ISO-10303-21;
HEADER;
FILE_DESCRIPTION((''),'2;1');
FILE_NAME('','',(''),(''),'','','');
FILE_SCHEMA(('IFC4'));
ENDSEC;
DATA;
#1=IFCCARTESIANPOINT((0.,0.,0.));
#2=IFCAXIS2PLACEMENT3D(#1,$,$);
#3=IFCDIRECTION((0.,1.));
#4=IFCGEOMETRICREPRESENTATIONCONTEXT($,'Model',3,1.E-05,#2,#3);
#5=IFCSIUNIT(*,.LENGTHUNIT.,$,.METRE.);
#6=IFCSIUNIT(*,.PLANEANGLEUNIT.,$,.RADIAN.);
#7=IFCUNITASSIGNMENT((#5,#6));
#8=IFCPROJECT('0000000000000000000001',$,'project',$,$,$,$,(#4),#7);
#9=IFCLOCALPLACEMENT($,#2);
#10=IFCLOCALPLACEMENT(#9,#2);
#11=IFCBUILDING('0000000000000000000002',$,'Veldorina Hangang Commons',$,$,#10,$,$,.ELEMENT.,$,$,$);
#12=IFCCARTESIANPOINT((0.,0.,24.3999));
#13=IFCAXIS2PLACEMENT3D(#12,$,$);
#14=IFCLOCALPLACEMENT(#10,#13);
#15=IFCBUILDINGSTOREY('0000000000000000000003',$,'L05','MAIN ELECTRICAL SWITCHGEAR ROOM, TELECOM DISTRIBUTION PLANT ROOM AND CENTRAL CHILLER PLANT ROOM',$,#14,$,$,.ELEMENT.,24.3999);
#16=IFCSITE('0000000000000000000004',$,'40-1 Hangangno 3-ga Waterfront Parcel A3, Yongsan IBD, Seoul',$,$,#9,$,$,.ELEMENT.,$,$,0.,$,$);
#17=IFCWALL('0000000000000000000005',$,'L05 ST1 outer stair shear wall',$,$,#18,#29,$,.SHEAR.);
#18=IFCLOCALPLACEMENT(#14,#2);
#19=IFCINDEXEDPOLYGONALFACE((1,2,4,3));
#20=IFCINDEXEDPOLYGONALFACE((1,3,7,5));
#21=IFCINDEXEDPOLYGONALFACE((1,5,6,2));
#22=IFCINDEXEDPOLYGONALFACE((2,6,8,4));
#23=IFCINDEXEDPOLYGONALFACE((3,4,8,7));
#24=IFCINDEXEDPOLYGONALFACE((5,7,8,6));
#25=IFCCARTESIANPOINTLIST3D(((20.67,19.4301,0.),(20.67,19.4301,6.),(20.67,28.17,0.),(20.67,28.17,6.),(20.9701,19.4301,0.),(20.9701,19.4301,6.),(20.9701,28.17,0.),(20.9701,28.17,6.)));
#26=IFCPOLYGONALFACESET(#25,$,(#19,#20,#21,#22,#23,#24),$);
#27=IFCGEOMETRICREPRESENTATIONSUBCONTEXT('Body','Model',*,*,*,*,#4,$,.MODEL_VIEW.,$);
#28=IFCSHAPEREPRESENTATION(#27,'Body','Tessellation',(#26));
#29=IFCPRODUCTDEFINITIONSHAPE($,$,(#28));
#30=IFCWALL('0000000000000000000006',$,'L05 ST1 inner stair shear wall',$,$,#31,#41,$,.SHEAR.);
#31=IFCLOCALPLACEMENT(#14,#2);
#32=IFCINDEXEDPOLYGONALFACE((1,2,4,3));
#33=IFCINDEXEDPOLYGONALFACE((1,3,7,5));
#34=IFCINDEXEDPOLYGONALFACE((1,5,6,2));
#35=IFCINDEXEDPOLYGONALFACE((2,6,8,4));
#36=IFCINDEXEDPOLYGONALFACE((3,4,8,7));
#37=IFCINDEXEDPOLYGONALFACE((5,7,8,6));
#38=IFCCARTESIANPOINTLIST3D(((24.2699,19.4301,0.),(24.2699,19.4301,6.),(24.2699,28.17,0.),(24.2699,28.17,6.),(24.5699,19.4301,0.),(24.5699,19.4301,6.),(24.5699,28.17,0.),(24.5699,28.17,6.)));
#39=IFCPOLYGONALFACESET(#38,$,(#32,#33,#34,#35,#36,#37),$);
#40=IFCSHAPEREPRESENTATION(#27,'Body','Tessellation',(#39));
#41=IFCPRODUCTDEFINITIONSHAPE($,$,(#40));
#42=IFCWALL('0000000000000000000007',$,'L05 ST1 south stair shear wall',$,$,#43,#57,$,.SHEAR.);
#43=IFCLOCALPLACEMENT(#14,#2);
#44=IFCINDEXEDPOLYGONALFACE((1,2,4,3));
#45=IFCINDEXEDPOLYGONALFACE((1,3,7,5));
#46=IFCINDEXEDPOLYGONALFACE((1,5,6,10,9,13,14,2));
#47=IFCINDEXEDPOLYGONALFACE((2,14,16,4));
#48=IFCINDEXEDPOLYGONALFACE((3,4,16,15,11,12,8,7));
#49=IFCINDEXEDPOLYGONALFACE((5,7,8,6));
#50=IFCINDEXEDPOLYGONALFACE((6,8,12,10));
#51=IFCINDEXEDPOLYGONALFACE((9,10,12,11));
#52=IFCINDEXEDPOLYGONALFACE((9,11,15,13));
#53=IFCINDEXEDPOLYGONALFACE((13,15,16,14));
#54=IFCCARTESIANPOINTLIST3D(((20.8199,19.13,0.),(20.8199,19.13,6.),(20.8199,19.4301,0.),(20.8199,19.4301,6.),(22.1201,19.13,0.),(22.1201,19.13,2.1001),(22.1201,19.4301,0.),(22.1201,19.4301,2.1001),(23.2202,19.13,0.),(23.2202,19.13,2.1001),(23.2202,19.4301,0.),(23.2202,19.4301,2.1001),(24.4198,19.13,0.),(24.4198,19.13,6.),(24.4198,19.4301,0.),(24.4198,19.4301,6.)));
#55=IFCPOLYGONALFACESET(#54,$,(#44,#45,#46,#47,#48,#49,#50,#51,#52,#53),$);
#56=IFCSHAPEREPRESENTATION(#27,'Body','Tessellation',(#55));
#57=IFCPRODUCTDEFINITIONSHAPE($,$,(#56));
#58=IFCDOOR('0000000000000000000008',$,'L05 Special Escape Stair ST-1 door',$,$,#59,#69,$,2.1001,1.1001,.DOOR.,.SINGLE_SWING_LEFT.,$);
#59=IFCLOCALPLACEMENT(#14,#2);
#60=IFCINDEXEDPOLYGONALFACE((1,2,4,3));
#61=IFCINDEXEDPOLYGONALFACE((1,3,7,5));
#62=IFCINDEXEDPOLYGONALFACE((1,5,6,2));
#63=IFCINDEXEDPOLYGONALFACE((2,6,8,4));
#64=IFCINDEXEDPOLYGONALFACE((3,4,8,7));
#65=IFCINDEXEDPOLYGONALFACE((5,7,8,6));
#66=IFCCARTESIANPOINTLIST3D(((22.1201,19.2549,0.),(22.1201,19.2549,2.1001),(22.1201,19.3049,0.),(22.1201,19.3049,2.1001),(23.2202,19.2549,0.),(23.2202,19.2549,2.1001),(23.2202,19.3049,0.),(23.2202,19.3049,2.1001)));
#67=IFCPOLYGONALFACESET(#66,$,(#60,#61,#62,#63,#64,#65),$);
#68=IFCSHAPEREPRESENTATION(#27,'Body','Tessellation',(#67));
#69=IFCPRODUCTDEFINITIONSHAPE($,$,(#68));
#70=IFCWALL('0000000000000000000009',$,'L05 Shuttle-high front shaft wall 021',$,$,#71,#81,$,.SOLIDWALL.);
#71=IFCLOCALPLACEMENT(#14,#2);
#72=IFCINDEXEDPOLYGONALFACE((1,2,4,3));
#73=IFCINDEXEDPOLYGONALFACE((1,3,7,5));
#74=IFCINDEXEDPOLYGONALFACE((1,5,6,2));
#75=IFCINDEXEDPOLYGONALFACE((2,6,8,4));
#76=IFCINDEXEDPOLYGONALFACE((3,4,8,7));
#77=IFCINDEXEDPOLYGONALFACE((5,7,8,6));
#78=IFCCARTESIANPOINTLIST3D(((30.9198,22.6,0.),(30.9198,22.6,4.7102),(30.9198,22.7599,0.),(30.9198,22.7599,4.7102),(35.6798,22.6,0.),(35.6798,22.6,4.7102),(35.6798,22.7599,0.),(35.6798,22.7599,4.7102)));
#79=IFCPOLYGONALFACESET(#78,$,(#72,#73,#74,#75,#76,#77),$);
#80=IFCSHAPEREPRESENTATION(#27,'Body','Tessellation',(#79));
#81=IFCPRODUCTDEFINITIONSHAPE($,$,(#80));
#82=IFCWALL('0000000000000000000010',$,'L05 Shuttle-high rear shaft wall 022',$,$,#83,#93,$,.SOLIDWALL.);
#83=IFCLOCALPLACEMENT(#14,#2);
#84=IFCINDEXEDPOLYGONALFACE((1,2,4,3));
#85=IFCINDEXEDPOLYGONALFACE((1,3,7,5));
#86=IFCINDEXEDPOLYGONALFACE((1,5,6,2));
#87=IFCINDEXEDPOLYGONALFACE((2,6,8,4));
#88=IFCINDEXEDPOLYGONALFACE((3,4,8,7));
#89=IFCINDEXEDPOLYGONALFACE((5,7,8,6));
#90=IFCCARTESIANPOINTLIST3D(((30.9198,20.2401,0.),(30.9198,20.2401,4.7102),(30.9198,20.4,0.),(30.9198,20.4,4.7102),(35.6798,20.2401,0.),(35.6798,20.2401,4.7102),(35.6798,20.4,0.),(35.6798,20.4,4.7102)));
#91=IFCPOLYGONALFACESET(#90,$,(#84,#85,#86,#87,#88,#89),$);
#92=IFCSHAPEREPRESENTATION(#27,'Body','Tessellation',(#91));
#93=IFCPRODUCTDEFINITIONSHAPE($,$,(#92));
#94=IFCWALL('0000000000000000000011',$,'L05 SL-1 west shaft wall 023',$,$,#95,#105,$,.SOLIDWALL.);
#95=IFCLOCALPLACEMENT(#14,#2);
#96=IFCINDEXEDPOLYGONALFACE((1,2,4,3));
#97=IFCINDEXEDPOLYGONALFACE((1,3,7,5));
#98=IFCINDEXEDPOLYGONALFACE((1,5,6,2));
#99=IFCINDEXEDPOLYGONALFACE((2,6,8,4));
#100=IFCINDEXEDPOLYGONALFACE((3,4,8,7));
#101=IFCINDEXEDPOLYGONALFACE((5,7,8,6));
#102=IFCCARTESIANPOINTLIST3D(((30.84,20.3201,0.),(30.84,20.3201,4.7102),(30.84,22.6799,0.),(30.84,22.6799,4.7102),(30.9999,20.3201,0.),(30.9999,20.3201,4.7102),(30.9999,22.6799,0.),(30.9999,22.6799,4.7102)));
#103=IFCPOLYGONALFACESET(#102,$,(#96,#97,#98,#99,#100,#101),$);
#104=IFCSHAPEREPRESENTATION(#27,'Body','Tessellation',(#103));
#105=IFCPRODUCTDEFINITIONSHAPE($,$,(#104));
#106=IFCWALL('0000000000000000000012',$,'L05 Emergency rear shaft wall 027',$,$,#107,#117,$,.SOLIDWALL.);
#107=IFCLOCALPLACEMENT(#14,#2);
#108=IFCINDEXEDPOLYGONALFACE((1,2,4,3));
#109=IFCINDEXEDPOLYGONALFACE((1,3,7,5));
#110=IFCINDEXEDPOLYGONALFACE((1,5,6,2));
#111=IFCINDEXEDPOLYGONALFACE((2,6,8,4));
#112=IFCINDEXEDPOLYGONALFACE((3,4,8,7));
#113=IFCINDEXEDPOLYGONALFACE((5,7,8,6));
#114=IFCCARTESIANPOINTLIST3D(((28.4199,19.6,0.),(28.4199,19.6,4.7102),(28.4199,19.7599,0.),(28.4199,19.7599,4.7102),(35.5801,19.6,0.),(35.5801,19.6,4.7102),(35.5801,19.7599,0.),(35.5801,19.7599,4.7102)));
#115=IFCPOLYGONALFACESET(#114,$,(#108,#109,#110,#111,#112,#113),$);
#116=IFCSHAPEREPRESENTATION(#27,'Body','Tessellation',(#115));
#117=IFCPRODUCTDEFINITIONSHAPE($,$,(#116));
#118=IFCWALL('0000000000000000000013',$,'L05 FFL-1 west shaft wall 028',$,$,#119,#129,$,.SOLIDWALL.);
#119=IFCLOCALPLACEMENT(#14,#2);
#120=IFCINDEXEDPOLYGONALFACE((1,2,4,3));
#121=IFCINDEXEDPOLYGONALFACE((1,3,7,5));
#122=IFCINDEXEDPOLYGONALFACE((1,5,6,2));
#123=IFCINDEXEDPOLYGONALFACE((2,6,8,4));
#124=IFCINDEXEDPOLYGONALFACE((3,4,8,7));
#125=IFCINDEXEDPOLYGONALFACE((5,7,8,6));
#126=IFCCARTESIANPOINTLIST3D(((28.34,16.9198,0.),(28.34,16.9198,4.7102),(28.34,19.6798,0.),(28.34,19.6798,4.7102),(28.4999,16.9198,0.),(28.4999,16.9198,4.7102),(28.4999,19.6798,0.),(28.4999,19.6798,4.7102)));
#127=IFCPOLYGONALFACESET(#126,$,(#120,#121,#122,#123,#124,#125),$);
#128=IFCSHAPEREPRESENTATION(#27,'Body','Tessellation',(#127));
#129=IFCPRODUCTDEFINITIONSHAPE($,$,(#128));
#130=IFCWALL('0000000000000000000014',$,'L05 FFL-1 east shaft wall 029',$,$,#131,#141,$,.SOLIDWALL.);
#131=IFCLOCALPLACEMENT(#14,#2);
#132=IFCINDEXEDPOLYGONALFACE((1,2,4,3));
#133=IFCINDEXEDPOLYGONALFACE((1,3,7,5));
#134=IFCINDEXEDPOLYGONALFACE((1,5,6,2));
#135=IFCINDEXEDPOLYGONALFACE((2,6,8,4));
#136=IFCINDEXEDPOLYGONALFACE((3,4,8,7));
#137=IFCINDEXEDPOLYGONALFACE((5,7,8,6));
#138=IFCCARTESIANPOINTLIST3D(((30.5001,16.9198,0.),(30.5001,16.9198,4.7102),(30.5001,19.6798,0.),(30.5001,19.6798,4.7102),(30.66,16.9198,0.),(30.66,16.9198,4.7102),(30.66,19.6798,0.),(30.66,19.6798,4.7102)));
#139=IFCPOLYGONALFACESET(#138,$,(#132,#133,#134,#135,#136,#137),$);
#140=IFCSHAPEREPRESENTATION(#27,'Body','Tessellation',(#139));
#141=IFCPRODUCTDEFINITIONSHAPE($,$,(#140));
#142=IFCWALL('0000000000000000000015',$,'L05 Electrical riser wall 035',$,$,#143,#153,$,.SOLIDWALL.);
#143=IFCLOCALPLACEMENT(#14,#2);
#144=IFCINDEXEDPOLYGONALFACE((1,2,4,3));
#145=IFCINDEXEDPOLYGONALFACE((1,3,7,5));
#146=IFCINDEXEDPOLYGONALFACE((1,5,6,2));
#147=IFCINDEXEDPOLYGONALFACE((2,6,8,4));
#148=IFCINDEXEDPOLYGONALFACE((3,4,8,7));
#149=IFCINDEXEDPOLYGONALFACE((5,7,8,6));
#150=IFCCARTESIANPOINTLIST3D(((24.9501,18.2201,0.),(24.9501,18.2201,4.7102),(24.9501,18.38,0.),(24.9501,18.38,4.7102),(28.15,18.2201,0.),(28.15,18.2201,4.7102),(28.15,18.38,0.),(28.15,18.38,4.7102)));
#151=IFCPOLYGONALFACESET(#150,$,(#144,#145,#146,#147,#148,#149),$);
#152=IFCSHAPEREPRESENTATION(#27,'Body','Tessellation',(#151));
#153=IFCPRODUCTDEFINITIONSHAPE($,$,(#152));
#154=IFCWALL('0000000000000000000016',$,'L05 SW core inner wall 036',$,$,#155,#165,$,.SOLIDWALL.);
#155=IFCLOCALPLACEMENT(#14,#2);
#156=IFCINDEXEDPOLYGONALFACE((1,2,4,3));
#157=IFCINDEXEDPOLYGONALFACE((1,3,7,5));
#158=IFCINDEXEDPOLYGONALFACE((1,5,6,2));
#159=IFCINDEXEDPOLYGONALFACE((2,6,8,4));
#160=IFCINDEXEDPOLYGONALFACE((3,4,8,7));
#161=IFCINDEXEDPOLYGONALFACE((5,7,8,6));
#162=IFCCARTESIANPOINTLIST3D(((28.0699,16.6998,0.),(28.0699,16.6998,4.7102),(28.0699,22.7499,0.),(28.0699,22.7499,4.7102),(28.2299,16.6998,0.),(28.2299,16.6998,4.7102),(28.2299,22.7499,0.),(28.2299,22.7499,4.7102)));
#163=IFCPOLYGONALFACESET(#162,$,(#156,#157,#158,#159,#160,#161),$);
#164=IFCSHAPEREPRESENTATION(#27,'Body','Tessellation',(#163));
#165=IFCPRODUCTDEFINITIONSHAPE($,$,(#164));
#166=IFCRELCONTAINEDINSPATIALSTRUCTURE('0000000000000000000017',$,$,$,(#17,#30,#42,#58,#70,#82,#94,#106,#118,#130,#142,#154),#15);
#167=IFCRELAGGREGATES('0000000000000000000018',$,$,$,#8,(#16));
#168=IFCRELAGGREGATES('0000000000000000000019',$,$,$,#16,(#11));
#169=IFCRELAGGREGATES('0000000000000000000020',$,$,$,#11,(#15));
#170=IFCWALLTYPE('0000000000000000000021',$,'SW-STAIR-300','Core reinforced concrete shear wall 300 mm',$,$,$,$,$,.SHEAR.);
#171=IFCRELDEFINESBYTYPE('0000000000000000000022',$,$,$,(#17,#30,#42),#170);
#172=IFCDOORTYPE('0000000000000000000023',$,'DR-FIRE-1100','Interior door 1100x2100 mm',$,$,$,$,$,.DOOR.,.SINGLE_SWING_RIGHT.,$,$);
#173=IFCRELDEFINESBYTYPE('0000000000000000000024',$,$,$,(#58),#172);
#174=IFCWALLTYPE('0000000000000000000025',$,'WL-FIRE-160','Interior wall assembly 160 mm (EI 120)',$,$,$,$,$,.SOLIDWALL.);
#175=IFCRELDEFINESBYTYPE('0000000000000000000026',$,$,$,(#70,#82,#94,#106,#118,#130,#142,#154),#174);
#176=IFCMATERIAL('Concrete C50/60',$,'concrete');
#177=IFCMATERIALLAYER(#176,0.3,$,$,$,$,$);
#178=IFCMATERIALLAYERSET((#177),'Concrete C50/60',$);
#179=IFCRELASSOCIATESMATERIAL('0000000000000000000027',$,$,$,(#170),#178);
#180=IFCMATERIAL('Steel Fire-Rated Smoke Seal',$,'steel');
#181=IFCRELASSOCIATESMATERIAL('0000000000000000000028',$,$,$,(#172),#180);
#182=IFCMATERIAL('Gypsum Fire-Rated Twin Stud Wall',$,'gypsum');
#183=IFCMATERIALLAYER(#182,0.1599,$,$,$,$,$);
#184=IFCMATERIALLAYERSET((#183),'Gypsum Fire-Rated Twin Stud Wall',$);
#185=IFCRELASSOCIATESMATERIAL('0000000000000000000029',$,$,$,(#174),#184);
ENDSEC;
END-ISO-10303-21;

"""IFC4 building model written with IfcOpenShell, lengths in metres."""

from ifc_helpers import new_model, si_unit, direction, frame, frame_2d, origin, place, context, subcontext, project, spatial, rectangle, extrude, material, layer, layer_set, type_object, element, fill, save


model = new_model("IFC4")

# Units and contexts
model_context = context("Model", 3, precision=1e-05, world=origin(), true_north=direction((0.0, 1.0)))
body_context = subcontext(model_context, "Body", "Model", "MODEL_VIEW")
ifc_project = project(units=[si_unit("LENGTHUNIT", "METRE"), si_unit("PLANEANGLEUNIT", "RADIAN")], contexts=[model_context])

# Site, building, storey
site_placement = place(None, origin())
site = spatial("IfcSite", under=ifc_project, at=site_placement, Name="40-1 Hangangno 3-ga Waterfront Parcel A3, Yongsan IBD, Seoul", CompositionType="ELEMENT", RefElevation=0.0)
building_placement = place(site_placement, origin())
building = spatial("IfcBuilding", under=site, at=building_placement, Name="Veldorina Hangang Commons", CompositionType="ELEMENT")
storey_placement = place(building_placement, frame((0.0, 0.0, 24.3999)))
storey = spatial("IfcBuildingStorey", under=building, at=storey_placement, Name="L05", Description="MAIN ELECTRICAL SWITCHGEAR ROOM, TELECOM DISTRIBUTION PLANT ROOM AND CENTRAL CHILLER PLANT ROOM", CompositionType="ELEMENT", Elevation=24.3999)

# Walls
ifc_material_1 = material(Name="Concrete C50/60", Category="concrete")
ifc_layer_1 = layer(ifc_material_1, 0.3)
ifc_layer_set_1 = layer_set([ifc_layer_1], Name="Concrete C50/60")
wall_type_1 = type_object("IfcWallType", Name="SW-STAIR-300", Description="Core reinforced concrete shear wall 300 mm", PredefinedType="SHEAR", material=ifc_layer_set_1)
for number, where, z_axis, x_axis, name in (
    (1, (20.8201, 19.4299, 0.0), (0.0, 0.0, 1.0), (0.0, 1.0, 0.0), "L05 ST1 outer stair shear wall"),
    (2, (24.4199, 19.4299, 0.0), (0.0, 0.0, 1.0), (0.0, 1.0, 0.0), "L05 ST1 inner stair shear wall"),
):
    element("IfcWall", number, at=place(storey_placement, frame(where, z_axis=z_axis, x_axis=x_axis)), inside=storey, type_object=wall_type_1, Name=name, PredefinedType="SHEAR", context=body_context, shape_type="SweptSolid", body=[
        extrude(rectangle(XDim=8.74, YDim=0.3, at=frame_2d((4.3701, 0.0))), origin(), (0.0, 0.0, 1.0), 6.0),
    ])

# Wall, opening, door
wall_1_placement = place(storey_placement, frame((20.8201, 19.28, 0.0), z_axis=(0.0, 0.0, 1.0), x_axis=(1.0, 0.0, 0.0)))
wall_1 = element("IfcWall", 3, at=wall_1_placement, inside=storey, type_object=wall_type_1, Name="L05 ST1 south stair shear wall", PredefinedType="SHEAR", context=body_context, shape_type="SweptSolid", body=[
    extrude(rectangle(XDim=3.5999, YDim=0.3, at=frame_2d((1.7998, 0.0))), origin(), (0.0, 0.0, 1.0), 6.0),
])
opening_1_placement = place(wall_1_placement, frame((1.3, 0.0, 0.0)))
opening_1 = element("IfcOpeningElement", 4, at=opening_1_placement, cuts=wall_1, PredefinedType="OPENING", context=body_context, shape_type="SweptSolid", body=[
    extrude(rectangle(XDim=1.1001, YDim=2.1001, at=frame_2d((0.55, 1.05))), frame((0.0, 0.1602, 0.0), z_axis=(0.0, -1.0, 0.0), x_axis=(1.0, 0.0, 0.0)), (0.0, 0.0, 1.0), 0.3201),
])
ifc_material_2 = material(Name="Steel Fire-Rated Smoke Seal", Category="steel")
door_type_1 = type_object("IfcDoorType", Name="DR-FIRE-1100", Description="Interior door 1100x2100 mm", OperationType="SINGLE_SWING_RIGHT", PredefinedType="DOOR", material=ifc_material_2)
door_1_placement = place(opening_1_placement, origin())
door_1 = element("IfcDoor", 5, at=door_1_placement, inside=storey, type_object=door_type_1, Name="L05 Special Escape Stair ST-1 door", OperationType="SINGLE_SWING_LEFT", OverallHeight=2.1001, OverallWidth=1.1001, PredefinedType="DOOR", context=body_context, shape_type="SweptSolid", body=[
    extrude(rectangle(XDim=1.1001, YDim=2.1001, at=frame_2d((0.55, 1.05))), frame((0.0, 0.0249, 0.0), z_axis=(0.0, -1.0, 0.0), x_axis=(1.0, 0.0, 0.0)), (0.0, 0.0, 1.0), 0.05),
])
fill(opening_1, door_1)

# Walls
ifc_material_3 = material(Name="Gypsum Fire-Rated Twin Stud Wall", Category="gypsum")
ifc_layer_2 = layer(ifc_material_3, 0.1599)
ifc_layer_set_2 = layer_set([ifc_layer_2], Name="Gypsum Fire-Rated Twin Stud Wall")
wall_type_2 = type_object("IfcWallType", Name="WL-FIRE-160", Description="Interior wall assembly 160 mm (EI 120)", PredefinedType="SOLIDWALL", material=ifc_layer_set_2)
for number, where, z_axis, x_axis, name in (
    (6, (30.9199, 22.6799, 0.0), (0.0, 0.0, 1.0), (1.0, 0.0, 0.0), "L05 Shuttle-high front shaft wall 021"),
    (7, (30.9199, 20.3201, 0.0), (0.0, 0.0, 1.0), (1.0, 0.0, 0.0), "L05 Shuttle-high rear shaft wall 022"),
):
    element("IfcWall", number, at=place(storey_placement, frame(where, z_axis=z_axis, x_axis=x_axis)), inside=storey, type_object=wall_type_2, Name=name, PredefinedType="SOLIDWALL", context=body_context, shape_type="SweptSolid", body=[
        extrude(rectangle(XDim=4.76, YDim=0.1599, at=frame_2d((2.3799, 0.0))), origin(), (0.0, 0.0, 1.0), 4.7102),
    ])
wall_2_placement = place(storey_placement, frame((30.9199, 20.3201, 0.0), z_axis=(0.0, 0.0, 1.0), x_axis=(0.0, 1.0, 0.0)))
element("IfcWall", 8, at=wall_2_placement, inside=storey, type_object=wall_type_2, Name="L05 SL-1 west shaft wall 023", PredefinedType="SOLIDWALL", context=body_context, shape_type="SweptSolid", body=[
    extrude(rectangle(XDim=2.3599, YDim=0.1599, at=frame_2d((1.1799, 0.0))), origin(), (0.0, 0.0, 1.0), 4.7102),
])

# Walls
wall_3_placement = place(storey_placement, frame((28.4199, 19.6799, 0.0), z_axis=(0.0, 0.0, 1.0), x_axis=(1.0, 0.0, 0.0)))
element("IfcWall", 9, at=wall_3_placement, inside=storey, type_object=wall_type_2, Name="L05 Emergency rear shaft wall 027", PredefinedType="SOLIDWALL", context=body_context, shape_type="SweptSolid", body=[
    extrude(rectangle(XDim=7.1602, YDim=0.1599, at=frame_2d((3.5801, 0.0))), origin(), (0.0, 0.0, 1.0), 4.7102),
])
for number, where, z_axis, x_axis, name in (
    (10, (28.4199, 16.9199, 0.0), (0.0, 0.0, 1.0), (0.0, 1.0, 0.0), "L05 FFL-1 west shaft wall 028"),
    (11, (30.5801, 16.9199, 0.0), (0.0, 0.0, 1.0), (0.0, 1.0, 0.0), "L05 FFL-1 east shaft wall 029"),
):
    element("IfcWall", number, at=place(storey_placement, frame(where, z_axis=z_axis, x_axis=x_axis)), inside=storey, type_object=wall_type_2, Name=name, PredefinedType="SOLIDWALL", context=body_context, shape_type="SweptSolid", body=[
        extrude(rectangle(XDim=2.76, YDim=0.1599, at=frame_2d((1.3799, 0.0))), origin(), (0.0, 0.0, 1.0), 4.7102),
    ])
wall_4_placement = place(storey_placement, frame((24.95, 18.3, 0.0), z_axis=(0.0, 0.0, 1.0), x_axis=(1.0, 0.0, 0.0)))
element("IfcWall", 12, at=wall_4_placement, inside=storey, type_object=wall_type_2, Name="L05 Electrical riser wall 035", PredefinedType="SOLIDWALL", context=body_context, shape_type="SweptSolid", body=[
    extrude(rectangle(XDim=3.2, YDim=0.1599, at=frame_2d((1.6001, 0.0))), origin(), (0.0, 0.0, 1.0), 4.7102),
])
wall_5_placement = place(storey_placement, frame((28.1499, 16.7, 0.0), z_axis=(0.0, 0.0, 1.0), x_axis=(0.0, 1.0, 0.0)))
element("IfcWall", 13, at=wall_5_placement, inside=storey, type_object=wall_type_2, Name="L05 SW core inner wall 036", PredefinedType="SOLIDWALL", context=body_context, shape_type="SweptSolid", body=[
    extrude(rectangle(XDim=6.05, YDim=0.1599, at=frame_2d((3.0249, 0.0))), origin(), (0.0, 0.0, 1.0), 4.7102),
])

save(model, "model.ifc")
